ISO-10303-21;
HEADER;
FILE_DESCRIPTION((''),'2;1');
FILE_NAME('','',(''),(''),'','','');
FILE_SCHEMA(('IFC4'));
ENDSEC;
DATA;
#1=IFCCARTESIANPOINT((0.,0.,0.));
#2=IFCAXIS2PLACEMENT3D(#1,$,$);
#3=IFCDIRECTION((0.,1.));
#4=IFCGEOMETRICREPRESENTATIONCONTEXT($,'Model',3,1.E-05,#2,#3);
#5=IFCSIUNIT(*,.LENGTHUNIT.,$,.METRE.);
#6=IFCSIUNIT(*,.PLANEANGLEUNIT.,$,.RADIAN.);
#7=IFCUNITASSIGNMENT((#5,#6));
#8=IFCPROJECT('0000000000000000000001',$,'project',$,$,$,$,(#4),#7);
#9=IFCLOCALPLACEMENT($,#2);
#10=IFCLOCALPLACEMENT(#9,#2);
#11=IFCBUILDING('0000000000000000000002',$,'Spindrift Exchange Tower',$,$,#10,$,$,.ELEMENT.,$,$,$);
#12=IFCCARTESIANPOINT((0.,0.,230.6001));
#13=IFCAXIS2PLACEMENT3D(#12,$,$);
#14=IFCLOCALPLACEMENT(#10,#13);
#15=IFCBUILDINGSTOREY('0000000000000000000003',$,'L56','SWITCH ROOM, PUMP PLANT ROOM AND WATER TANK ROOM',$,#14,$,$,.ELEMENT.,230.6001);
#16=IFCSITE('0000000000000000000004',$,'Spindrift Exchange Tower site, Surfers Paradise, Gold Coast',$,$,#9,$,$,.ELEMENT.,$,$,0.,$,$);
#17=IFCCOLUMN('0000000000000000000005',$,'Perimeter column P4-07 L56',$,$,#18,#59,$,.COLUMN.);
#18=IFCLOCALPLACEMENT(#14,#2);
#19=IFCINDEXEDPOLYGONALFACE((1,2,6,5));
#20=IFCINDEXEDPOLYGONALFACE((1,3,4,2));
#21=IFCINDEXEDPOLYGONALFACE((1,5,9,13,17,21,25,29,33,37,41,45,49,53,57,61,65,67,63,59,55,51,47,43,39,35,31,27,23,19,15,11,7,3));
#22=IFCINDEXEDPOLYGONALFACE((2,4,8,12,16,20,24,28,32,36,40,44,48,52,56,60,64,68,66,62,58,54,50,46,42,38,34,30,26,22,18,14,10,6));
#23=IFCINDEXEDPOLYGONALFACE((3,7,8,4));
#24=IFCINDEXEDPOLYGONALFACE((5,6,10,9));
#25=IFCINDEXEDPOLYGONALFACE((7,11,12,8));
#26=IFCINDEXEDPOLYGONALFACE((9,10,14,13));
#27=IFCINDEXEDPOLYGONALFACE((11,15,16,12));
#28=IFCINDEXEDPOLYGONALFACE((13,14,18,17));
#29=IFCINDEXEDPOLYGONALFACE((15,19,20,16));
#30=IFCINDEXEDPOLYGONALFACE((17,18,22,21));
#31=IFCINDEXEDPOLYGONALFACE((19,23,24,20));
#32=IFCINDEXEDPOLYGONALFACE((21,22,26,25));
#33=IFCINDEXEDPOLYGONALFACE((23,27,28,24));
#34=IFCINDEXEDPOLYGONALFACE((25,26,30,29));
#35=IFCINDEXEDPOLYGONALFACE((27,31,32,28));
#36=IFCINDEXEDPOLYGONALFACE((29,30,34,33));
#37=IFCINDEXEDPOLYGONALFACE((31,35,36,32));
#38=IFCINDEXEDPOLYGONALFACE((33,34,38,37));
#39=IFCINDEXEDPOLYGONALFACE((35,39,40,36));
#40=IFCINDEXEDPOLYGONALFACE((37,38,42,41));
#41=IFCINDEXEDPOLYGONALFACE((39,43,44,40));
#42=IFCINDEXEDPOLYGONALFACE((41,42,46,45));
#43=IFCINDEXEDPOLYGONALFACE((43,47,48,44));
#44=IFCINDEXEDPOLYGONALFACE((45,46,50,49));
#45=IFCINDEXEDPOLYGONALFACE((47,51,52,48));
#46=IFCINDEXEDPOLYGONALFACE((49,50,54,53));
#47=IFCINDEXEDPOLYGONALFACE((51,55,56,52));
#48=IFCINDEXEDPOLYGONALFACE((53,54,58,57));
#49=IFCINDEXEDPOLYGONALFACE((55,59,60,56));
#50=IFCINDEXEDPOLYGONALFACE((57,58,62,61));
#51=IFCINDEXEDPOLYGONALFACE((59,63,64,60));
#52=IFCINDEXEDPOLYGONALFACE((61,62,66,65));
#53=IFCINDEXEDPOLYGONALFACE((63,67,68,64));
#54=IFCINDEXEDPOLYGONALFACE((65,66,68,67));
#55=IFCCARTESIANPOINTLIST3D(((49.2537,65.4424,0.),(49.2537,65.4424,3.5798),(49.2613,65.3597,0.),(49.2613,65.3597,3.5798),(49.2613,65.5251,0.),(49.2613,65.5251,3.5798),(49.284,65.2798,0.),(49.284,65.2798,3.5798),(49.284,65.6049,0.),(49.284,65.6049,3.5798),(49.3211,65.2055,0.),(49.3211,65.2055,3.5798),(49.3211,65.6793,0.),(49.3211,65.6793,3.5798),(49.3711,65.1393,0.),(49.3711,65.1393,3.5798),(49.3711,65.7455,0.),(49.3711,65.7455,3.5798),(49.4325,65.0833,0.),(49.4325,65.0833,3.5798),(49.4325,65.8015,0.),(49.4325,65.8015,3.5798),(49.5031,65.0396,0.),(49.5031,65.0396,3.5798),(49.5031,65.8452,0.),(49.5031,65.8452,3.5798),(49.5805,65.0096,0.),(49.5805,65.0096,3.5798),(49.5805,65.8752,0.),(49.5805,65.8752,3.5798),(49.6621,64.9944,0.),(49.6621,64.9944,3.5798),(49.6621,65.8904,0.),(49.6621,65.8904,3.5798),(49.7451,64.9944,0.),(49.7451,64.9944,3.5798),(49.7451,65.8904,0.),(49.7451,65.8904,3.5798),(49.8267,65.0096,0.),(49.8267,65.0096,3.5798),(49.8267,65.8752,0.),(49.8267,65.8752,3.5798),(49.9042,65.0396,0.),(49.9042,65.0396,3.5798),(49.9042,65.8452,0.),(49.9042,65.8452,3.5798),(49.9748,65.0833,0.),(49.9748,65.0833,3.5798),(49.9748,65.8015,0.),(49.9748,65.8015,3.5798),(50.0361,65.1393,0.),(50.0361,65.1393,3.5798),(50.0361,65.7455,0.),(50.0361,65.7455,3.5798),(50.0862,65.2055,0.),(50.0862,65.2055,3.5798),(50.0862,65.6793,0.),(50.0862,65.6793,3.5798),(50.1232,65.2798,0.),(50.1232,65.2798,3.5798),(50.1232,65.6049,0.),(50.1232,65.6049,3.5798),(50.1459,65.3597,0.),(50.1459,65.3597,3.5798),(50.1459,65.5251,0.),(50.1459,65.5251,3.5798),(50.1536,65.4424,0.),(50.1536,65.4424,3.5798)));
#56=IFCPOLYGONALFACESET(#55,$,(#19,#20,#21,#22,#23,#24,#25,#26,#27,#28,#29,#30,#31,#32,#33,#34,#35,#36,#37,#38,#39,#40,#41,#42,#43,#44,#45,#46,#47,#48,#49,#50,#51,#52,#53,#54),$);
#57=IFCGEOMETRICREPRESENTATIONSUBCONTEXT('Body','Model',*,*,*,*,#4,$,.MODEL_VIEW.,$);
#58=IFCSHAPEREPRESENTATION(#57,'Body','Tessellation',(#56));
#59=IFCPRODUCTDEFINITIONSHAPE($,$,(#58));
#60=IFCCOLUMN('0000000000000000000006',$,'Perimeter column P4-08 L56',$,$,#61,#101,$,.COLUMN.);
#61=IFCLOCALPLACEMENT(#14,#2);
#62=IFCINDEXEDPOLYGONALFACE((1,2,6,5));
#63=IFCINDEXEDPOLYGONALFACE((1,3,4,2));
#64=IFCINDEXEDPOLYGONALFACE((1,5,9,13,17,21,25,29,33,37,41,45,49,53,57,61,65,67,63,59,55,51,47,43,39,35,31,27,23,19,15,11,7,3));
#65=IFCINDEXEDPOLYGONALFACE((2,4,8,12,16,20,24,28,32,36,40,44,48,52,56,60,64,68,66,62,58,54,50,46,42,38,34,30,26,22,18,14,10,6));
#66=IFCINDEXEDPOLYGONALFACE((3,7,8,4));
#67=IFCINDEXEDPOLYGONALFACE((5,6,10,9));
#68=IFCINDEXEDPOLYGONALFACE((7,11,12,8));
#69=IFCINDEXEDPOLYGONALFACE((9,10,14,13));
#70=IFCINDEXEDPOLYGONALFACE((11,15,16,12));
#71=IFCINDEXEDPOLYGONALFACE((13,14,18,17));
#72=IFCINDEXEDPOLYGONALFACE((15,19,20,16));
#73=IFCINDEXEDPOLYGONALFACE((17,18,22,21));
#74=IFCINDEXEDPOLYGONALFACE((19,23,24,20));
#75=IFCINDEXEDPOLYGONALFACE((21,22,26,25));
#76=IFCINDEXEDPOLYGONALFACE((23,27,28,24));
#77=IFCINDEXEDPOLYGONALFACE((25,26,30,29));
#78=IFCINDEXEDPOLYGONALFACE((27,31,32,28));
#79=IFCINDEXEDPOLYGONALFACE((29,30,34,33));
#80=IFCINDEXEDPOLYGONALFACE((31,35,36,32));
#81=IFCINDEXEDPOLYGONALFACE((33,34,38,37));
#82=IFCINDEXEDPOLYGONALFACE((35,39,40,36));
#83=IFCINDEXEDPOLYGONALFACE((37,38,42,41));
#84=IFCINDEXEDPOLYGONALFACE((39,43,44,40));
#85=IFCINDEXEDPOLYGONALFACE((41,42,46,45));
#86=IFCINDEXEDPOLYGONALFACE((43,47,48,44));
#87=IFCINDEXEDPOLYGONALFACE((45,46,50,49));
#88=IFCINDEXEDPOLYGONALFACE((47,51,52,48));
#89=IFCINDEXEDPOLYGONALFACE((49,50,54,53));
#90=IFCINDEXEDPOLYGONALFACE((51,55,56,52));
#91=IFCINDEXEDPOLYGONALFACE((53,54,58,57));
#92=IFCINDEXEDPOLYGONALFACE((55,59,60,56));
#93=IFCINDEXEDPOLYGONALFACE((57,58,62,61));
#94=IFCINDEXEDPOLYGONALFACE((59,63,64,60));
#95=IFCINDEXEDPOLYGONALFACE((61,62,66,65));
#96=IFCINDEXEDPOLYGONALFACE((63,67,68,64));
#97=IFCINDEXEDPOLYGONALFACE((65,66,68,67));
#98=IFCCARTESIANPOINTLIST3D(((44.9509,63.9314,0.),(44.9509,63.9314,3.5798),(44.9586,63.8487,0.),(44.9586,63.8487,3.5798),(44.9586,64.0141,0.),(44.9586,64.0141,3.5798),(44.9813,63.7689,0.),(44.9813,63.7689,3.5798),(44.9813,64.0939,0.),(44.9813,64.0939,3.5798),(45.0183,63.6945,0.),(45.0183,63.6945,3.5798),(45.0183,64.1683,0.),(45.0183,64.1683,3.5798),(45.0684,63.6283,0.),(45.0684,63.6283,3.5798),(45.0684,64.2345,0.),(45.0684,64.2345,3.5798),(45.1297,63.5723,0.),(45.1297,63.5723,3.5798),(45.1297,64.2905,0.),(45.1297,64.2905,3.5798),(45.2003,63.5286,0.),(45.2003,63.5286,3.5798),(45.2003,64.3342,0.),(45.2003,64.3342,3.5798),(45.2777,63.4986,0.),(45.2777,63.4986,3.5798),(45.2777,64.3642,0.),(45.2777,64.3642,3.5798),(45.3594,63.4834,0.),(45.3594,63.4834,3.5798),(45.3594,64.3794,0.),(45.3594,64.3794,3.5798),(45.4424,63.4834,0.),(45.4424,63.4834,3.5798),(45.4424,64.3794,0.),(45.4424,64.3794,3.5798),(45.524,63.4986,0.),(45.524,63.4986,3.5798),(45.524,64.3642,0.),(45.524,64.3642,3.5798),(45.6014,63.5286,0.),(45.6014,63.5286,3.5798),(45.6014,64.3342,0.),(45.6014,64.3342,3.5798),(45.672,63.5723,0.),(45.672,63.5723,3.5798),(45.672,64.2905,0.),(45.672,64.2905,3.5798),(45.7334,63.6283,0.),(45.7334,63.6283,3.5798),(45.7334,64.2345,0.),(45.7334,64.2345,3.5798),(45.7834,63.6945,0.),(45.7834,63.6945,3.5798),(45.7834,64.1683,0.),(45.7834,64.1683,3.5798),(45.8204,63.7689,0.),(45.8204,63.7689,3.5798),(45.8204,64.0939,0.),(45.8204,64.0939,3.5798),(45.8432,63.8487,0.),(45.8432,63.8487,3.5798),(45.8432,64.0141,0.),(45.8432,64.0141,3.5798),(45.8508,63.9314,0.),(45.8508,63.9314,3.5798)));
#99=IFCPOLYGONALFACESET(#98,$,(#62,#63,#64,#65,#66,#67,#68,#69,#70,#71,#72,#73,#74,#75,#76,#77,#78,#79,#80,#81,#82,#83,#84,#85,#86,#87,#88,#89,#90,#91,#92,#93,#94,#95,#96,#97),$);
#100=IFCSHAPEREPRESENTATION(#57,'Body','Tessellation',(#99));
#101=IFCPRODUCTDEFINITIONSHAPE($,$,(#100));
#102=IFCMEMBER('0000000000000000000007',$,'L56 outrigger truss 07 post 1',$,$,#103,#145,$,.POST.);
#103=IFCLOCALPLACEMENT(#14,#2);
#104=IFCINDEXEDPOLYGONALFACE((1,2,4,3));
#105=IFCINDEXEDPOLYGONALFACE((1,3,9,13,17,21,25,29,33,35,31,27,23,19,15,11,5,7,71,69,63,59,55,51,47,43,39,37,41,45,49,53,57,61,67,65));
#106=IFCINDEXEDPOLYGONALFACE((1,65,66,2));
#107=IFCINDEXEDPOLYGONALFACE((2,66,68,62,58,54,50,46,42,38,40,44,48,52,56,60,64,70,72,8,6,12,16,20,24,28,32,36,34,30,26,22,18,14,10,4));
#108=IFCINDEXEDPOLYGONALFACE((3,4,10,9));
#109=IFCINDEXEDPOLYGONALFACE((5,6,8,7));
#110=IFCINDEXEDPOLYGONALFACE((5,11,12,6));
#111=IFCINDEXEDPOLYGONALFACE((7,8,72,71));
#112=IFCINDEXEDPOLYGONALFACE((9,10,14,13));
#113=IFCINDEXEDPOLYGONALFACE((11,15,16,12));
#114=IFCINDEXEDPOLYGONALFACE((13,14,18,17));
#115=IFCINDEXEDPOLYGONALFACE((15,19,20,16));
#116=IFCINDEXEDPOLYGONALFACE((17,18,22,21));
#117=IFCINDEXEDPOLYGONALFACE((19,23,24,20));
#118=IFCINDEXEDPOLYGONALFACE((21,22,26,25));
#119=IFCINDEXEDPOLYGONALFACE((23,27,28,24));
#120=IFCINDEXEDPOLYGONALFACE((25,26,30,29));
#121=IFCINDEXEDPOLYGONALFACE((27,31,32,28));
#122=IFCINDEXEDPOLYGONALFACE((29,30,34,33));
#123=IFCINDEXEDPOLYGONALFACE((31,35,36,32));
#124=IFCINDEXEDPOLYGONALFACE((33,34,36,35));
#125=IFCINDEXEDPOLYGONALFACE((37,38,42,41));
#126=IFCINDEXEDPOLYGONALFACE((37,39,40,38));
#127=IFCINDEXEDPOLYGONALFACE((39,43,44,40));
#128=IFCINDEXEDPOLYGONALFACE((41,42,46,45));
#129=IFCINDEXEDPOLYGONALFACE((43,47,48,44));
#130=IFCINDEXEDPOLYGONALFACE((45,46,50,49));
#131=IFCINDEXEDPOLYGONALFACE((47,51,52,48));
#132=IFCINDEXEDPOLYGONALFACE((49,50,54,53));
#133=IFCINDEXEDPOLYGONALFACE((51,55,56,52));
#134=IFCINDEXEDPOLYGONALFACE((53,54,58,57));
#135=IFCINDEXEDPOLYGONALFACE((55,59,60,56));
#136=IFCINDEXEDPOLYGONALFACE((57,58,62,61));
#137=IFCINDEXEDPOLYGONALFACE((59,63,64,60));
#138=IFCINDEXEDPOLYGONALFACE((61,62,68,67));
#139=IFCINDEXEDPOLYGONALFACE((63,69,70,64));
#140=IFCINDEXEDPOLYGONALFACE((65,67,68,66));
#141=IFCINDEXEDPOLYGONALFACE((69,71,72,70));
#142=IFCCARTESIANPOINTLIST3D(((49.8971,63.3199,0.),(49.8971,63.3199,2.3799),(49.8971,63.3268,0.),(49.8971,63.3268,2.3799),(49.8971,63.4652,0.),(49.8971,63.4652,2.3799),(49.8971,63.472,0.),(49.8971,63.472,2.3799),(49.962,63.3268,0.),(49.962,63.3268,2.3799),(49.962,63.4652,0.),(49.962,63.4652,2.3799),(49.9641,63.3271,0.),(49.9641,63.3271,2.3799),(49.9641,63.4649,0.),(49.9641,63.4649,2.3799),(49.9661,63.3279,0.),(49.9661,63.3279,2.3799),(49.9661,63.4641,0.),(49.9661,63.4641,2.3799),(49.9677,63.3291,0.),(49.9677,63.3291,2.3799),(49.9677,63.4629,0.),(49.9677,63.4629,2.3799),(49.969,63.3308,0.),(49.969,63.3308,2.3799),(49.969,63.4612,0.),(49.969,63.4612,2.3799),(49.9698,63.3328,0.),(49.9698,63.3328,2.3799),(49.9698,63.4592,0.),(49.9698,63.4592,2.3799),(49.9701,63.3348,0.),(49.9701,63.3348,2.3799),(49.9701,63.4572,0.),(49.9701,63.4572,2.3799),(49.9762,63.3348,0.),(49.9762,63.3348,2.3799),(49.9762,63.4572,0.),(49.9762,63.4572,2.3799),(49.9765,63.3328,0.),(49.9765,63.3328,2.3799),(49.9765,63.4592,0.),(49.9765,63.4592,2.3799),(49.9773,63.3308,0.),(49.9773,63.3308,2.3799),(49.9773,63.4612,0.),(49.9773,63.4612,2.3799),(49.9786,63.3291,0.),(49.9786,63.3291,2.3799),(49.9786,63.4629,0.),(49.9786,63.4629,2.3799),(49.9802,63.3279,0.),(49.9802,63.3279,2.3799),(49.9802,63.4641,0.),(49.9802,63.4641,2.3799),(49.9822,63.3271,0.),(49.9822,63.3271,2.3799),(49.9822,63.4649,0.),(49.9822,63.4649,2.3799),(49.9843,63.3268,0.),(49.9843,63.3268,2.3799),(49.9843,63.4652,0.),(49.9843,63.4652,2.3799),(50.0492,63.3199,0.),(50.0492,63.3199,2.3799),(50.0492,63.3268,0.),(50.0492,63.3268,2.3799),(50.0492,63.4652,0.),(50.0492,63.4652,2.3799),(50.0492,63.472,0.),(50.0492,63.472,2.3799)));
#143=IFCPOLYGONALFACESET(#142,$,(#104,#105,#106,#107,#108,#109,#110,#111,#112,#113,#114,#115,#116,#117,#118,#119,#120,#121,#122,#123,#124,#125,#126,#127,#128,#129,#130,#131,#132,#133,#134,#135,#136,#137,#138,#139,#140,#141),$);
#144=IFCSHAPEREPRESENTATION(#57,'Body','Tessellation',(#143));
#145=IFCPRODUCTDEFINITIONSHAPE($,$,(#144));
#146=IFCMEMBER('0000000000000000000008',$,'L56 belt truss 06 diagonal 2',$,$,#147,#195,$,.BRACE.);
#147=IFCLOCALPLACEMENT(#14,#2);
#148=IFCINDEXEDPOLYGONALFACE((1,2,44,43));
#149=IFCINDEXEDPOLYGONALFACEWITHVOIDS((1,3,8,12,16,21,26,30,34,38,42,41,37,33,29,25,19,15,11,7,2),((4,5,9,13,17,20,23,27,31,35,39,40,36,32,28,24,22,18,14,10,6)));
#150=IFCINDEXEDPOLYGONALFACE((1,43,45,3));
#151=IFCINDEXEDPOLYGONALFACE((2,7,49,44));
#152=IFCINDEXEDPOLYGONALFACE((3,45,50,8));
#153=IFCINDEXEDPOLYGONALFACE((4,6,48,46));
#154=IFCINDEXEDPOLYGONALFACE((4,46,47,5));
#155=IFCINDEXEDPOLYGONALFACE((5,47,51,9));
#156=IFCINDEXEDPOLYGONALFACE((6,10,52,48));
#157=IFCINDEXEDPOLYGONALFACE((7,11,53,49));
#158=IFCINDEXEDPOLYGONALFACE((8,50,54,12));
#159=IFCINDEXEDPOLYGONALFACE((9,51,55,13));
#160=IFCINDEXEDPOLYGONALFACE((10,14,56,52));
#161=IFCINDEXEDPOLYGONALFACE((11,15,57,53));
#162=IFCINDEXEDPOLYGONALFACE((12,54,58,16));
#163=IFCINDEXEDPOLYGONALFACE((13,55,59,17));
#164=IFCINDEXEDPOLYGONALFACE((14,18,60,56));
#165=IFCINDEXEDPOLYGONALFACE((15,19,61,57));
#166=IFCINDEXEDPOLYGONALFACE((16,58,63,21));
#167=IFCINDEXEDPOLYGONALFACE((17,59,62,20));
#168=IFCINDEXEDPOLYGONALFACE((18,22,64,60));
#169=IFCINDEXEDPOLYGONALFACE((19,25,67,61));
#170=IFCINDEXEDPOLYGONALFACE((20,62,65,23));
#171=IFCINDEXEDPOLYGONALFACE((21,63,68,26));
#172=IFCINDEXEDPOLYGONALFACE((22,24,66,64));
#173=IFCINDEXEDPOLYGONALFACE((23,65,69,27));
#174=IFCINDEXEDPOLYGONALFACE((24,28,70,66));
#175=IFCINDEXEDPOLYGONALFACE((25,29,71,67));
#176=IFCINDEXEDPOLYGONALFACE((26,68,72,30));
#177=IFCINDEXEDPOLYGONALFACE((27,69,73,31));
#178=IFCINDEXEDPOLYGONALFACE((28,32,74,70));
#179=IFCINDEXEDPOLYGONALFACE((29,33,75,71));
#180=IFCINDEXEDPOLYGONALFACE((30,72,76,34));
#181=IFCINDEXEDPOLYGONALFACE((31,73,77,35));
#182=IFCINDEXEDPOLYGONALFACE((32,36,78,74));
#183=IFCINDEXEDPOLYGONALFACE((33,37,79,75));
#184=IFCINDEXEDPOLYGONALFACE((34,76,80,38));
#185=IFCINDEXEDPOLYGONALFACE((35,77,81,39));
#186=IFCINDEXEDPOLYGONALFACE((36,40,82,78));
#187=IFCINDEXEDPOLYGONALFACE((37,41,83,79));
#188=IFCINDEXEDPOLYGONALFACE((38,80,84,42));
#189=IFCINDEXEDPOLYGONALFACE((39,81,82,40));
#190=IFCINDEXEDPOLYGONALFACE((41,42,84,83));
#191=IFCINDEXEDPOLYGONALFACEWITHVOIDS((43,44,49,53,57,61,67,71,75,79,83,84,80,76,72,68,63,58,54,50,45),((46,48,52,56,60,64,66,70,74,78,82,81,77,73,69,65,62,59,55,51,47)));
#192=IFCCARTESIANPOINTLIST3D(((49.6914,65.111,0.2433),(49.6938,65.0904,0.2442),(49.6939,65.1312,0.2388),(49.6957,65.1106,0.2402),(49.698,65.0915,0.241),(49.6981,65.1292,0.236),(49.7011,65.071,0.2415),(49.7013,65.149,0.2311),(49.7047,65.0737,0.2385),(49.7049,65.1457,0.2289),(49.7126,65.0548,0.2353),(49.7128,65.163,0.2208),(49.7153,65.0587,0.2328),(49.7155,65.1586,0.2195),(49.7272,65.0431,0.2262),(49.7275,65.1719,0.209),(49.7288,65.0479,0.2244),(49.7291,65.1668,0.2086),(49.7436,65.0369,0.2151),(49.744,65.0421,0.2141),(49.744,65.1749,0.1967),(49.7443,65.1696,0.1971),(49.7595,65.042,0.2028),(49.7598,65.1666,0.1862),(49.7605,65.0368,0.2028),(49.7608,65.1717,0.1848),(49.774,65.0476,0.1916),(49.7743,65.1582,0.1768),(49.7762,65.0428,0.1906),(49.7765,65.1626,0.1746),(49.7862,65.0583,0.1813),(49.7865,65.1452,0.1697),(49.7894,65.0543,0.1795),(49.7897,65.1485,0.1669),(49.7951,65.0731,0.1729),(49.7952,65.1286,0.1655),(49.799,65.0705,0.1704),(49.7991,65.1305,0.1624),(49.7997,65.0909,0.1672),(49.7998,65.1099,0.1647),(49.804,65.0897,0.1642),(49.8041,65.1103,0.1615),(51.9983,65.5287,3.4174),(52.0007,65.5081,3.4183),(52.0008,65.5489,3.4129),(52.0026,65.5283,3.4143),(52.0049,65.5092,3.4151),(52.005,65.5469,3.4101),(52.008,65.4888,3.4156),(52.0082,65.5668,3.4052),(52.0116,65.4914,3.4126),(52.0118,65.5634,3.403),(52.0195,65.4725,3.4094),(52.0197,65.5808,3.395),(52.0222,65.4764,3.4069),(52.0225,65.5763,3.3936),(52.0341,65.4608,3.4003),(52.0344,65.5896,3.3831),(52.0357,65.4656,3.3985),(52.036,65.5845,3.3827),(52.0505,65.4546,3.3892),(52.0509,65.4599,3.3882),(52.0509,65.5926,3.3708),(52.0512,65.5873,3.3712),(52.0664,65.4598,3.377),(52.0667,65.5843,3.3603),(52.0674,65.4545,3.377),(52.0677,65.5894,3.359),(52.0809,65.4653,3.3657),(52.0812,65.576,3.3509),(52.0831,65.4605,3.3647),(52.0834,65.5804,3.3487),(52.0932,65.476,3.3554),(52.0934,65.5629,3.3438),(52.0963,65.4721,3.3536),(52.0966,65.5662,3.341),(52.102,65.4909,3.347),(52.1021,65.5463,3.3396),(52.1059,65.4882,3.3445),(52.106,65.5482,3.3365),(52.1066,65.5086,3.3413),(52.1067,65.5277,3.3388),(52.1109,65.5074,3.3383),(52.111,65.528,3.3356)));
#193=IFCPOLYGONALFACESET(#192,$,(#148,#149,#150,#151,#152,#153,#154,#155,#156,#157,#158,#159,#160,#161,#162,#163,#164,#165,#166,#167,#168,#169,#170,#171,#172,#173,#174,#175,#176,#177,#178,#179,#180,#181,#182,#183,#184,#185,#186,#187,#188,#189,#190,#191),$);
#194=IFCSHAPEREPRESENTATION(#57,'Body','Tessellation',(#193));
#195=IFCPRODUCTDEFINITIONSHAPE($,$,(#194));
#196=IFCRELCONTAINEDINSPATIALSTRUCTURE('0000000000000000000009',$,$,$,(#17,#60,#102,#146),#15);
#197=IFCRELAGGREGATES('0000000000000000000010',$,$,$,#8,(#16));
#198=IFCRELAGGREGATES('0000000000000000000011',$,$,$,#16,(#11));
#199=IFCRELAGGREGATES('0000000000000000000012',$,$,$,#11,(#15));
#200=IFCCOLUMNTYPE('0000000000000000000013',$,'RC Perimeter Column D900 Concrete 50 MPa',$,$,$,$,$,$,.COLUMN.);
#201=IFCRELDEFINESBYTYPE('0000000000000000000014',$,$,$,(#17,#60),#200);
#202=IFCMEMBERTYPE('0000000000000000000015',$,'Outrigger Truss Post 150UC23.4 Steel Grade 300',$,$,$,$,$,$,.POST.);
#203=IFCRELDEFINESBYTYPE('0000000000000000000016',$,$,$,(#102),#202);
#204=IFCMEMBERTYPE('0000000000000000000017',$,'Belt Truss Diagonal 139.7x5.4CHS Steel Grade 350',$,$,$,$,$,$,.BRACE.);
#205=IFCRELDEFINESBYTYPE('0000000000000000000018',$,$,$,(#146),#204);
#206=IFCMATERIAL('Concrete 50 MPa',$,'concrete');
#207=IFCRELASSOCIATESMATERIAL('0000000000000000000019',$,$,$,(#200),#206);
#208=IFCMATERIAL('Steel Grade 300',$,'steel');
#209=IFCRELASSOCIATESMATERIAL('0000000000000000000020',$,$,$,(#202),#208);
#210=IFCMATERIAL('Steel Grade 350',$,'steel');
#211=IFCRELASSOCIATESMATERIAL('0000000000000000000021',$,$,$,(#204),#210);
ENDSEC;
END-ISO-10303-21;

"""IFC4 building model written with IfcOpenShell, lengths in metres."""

from ifc_helpers import new_model, si_unit, direction, frame, origin, origin_2d, place, context, subcontext, project, spatial, circle, hollow_circle, i_section, extrude, source, transform, mapped, material, material_profile, profile_set, type_object, element, save


model = new_model("IFC4")

# Units and contexts
model_context = context("Model", 3, precision=1e-05, world=origin(), true_north=direction((0.0, 1.0)))
body_context = subcontext(model_context, "Body", "Model", "MODEL_VIEW")
ifc_project = project(units=[si_unit("LENGTHUNIT", "METRE"), si_unit("PLANEANGLEUNIT", "RADIAN")], contexts=[model_context])

# Site, building, storey
site_placement = place(None, origin())
site = spatial("IfcSite", under=ifc_project, at=site_placement, Name="Spindrift Exchange Tower site, Surfers Paradise, Gold Coast", CompositionType="ELEMENT", RefElevation=0.0)
building_placement = place(site_placement, origin())
building = spatial("IfcBuilding", under=site, at=building_placement, Name="Spindrift Exchange Tower", CompositionType="ELEMENT")
storey_placement = place(building_placement, frame((0.0, 0.0, 230.6001)))
storey = spatial("IfcBuildingStorey", under=building, at=storey_placement, Name="L56", Description="SWITCH ROOM, PUMP PLANT ROOM AND WATER TANK ROOM", CompositionType="ELEMENT", Elevation=230.6001)

# Columns
ifc_material_1 = material(Name="Concrete 50 MPa", Category="concrete")
ifc_material_profile_1 = material_profile(ifc_material_1, circle(Radius=0.45, at=origin_2d()), Name="RC D900")
ifc_profile_set_1 = profile_set([ifc_material_profile_1], Name="Concrete 50 MPa")
column_type = type_object("IfcColumnType", Name="RC Perimeter Column D900 Concrete 50 MPa", PredefinedType="COLUMN", material=ifc_profile_set_1)
shared_shape_1 = source(origin(), body_context, "Body", "SweptSolid", [
    extrude(circle(Radius=0.45, at=origin_2d()), origin(), (0.0, 0.0, 1.0), 3.5798),
])
for number, where, z_axis, x_axis, name in (
    (1, (49.7036, 65.4424, 0.0), (0.0, 0.0, 1.0), (1.0, 0.0, 0.0), "Perimeter column P4-07 L56"),
    (2, (45.4009, 63.9314, 0.0), (0.0, 0.0, 1.0), (1.0, 0.0, 0.0), "Perimeter column P4-08 L56"),
):
    element("IfcColumn", number, at=place(storey_placement, frame(where, z_axis=z_axis, x_axis=x_axis)), inside=storey, type_object=column_type, Name=name, PredefinedType="COLUMN", context=body_context, shape_type="MappedRepresentation", body=[
        mapped(shared_shape_1, transform((0.0, 0.0, 0.0), scale=1.0)),
    ])

# Members
ifc_material_2 = material(Name="Steel Grade 300", Category="steel")
ifc_material_profile_2 = material_profile(ifc_material_2, i_section(OverallWidth=0.1521, OverallDepth=0.1521, WebThickness=0.0061, FlangeThickness=0.0068, FilletRadius=0.0081, at=origin_2d()), Name="150UC23.4")
ifc_profile_set_2 = profile_set([ifc_material_profile_2], Name="Steel Grade 300")
member_type_1 = type_object("IfcMemberType", Name="Outrigger Truss Post 150UC23.4 Steel Grade 300", PredefinedType="POST", material=ifc_profile_set_2)
shared_shape_2 = source(origin(), body_context, "Body", "SweptSolid", [
    extrude(i_section(OverallWidth=0.1521, OverallDepth=0.1521, WebThickness=0.0061, FlangeThickness=0.0068, FilletRadius=0.0081, at=origin_2d()), origin(), (0.0, 0.0, 1.0), 2.3799),
])
member_1_placement = place(storey_placement, frame((49.9731, 63.396, 0.0), z_axis=(0.0, 0.0, 1.0), x_axis=(1.0, 0.0, 0.0)))
element("IfcMember", 3, at=member_1_placement, inside=storey, type_object=member_type_1, Name="L56 outrigger truss 07 post 1", PredefinedType="POST", context=body_context, shape_type="MappedRepresentation", body=[
    mapped(shared_shape_2, transform((0.0, 0.0, 0.0), scale=1.0)),
])
ifc_material_3 = material(Name="Steel Grade 350", Category="steel")
ifc_material_profile_3 = material_profile(ifc_material_3, hollow_circle(Radius=0.0698, WallThickness=0.0054, at=origin_2d()), Name="139.7x5.4CHS")
ifc_profile_set_3 = profile_set([ifc_material_profile_3], Name="Steel Grade 350")
member_type_2 = type_object("IfcMemberType", Name="Belt Truss Diagonal 139.7x5.4CHS Steel Grade 350", PredefinedType="BRACE", material=ifc_profile_set_3)
shared_shape_3 = source(origin(), body_context, "Body", "SweptSolid", [
    extrude(hollow_circle(Radius=0.0698, WallThickness=0.0054, at=origin_2d()), origin(), (0.0, 0.0, 1.0), 3.946),
])
member_2_placement = place(storey_placement, frame((52.0549, 65.5232, 3.377), z_axis=(-0.584613, -0.10586, -0.804376), x_axis=(0.17818, -0.983998, 0.0)))
element("IfcMember", 4, at=member_2_placement, inside=storey, type_object=member_type_2, Name="L56 belt truss 06 diagonal 2", PredefinedType="BRACE", context=body_context, shape_type="MappedRepresentation", body=[
    mapped(shared_shape_3, transform((0.0, 0.0, 0.0), scale=1.0)),
])

save(model, "model.ifc")
